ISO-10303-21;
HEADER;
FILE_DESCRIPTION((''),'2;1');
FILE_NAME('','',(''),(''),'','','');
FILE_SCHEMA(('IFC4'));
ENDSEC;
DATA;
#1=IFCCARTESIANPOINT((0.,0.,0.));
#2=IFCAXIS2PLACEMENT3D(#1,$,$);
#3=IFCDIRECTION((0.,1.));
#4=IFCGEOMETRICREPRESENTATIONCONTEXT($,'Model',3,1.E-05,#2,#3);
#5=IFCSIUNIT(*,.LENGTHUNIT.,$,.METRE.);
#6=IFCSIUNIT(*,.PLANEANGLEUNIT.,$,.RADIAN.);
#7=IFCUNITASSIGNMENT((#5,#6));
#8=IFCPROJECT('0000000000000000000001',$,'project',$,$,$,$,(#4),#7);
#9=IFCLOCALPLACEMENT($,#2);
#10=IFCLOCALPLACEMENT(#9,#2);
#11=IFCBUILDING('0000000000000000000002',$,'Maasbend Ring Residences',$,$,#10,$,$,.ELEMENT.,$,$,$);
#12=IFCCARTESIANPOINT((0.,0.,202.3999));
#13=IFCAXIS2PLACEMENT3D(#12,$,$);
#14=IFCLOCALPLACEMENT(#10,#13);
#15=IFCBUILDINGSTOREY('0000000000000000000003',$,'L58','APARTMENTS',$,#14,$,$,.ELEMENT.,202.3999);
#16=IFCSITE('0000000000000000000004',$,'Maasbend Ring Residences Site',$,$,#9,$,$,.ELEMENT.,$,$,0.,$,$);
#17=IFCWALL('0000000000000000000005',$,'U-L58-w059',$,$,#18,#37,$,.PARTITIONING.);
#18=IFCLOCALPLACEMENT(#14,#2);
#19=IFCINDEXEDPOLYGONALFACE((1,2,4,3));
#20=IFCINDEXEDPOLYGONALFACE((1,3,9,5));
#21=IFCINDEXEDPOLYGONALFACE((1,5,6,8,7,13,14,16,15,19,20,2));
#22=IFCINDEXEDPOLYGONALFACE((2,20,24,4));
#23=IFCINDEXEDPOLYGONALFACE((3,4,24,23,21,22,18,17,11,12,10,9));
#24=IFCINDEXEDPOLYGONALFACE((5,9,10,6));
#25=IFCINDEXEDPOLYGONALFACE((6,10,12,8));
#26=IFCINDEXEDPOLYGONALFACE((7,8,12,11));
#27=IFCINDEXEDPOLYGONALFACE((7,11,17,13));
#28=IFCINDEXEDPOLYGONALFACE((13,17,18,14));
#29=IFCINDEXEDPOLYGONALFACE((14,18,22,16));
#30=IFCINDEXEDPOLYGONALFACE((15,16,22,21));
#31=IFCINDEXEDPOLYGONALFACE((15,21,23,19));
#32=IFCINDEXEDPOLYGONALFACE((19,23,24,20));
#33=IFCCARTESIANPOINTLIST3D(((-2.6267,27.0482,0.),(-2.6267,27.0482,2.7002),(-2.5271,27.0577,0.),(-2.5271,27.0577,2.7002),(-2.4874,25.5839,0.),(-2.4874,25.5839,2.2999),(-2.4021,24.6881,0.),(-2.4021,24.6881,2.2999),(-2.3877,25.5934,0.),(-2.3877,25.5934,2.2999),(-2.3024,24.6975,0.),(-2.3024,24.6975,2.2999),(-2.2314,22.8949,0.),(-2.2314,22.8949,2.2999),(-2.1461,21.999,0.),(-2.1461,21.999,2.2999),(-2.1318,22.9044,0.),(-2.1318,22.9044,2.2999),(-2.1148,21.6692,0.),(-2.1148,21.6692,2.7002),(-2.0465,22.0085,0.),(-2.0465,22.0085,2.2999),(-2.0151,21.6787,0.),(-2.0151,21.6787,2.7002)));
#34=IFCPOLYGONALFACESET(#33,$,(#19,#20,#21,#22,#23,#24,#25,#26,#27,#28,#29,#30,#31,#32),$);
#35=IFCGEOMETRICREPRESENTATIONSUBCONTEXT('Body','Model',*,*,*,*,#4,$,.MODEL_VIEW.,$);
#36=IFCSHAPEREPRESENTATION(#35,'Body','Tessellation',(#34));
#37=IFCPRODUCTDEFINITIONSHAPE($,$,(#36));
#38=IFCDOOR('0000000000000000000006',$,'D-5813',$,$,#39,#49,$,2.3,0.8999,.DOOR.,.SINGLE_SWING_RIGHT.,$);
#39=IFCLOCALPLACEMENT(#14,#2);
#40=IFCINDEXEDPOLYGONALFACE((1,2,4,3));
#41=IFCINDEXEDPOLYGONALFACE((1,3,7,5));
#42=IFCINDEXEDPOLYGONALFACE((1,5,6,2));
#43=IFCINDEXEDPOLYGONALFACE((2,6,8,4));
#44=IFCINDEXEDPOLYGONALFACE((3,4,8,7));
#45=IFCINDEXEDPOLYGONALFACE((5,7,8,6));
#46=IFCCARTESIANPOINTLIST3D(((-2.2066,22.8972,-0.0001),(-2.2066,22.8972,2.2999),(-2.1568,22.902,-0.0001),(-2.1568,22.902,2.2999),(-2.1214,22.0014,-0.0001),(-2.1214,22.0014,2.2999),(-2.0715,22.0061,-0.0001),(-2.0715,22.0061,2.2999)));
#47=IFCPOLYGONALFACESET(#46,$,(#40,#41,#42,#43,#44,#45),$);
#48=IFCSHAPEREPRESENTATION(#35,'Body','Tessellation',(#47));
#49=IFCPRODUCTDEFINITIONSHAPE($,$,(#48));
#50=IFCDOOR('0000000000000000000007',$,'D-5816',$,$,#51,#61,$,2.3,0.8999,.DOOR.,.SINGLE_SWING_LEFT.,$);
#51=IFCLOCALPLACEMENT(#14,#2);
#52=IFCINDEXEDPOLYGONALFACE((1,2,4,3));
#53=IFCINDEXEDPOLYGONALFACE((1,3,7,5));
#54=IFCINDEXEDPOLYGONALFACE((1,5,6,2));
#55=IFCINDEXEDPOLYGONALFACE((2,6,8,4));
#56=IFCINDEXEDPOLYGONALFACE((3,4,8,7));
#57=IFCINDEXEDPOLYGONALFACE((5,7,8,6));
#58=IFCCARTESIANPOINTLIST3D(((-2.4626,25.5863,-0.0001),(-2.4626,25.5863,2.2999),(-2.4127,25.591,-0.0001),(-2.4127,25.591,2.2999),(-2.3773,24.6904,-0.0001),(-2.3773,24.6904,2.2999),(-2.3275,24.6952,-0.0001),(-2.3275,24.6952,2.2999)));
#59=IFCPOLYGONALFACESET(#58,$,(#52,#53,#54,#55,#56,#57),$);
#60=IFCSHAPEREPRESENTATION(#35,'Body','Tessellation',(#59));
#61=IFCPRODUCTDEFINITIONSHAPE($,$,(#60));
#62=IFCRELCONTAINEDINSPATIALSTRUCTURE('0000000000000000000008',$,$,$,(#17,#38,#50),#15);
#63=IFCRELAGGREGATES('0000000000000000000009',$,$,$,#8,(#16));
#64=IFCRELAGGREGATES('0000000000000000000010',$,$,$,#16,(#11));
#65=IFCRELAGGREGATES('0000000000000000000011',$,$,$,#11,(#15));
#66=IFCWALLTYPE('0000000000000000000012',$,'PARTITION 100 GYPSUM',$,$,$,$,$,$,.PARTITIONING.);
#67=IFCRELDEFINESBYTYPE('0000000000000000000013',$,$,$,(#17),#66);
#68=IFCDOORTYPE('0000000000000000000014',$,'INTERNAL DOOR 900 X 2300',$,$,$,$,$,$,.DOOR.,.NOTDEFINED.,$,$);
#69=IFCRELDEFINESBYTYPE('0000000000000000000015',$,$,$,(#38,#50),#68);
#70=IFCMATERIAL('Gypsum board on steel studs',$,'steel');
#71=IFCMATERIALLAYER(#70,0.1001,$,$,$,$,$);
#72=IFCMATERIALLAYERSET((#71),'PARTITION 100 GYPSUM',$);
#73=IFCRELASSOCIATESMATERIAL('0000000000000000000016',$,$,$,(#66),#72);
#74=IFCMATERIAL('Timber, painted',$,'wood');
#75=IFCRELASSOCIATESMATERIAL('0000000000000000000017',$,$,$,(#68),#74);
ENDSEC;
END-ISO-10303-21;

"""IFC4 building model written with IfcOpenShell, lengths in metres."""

from ifc_helpers import new_model, si_unit, direction, frame, frame_2d, origin, place, context, subcontext, project, spatial, rectangle, extrude, material, layer, layer_set, type_object, element, fill, save


model = new_model("IFC4")

# Units and contexts
model_context = context("Model", 3, precision=1e-05, world=origin(), true_north=direction((0.0, 1.0)))
body_context = subcontext(model_context, "Body", "Model", "MODEL_VIEW")
ifc_project = project(units=[si_unit("LENGTHUNIT", "METRE"), si_unit("PLANEANGLEUNIT", "RADIAN")], contexts=[model_context])

# Site, building, storey
site_placement = place(None, origin())
site = spatial("IfcSite", under=ifc_project, at=site_placement, Name="Maasbend Ring Residences Site", CompositionType="ELEMENT", RefElevation=0.0)
building_placement = place(site_placement, origin())
building = spatial("IfcBuilding", under=site, at=building_placement, Name="Maasbend Ring Residences", CompositionType="ELEMENT")
storey_placement = place(building_placement, frame((0.0, 0.0, 202.3999)))
storey = spatial("IfcBuildingStorey", under=building, at=storey_placement, Name="L58", Description="APARTMENTS", CompositionType="ELEMENT", Elevation=202.3999)

# Shared definitions
ifc_material_1 = material(Name="Gypsum board on steel studs", Category="steel")
ifc_layer_1 = layer(ifc_material_1, 0.1001)
ifc_layer_set_1 = layer_set([ifc_layer_1], Name="PARTITION 100 GYPSUM")
wall_type_1 = type_object("IfcWallType", Name="PARTITION 100 GYPSUM", PredefinedType="PARTITIONING", material=ifc_layer_set_1)
ifc_material_2 = material(Name="Timber, painted", Category="wood")
door_type_1 = type_object("IfcDoorType", Name="INTERNAL DOOR 900 X 2300", OperationType="NOTDEFINED", PredefinedType="DOOR", material=ifc_material_2)

# Wall, openings, doors
wall_1_placement = place(storey_placement, frame((-2.5769, 27.053, 0.0), z_axis=(0.0, 0.0, 1.0), x_axis=(0.094752, -0.995501, 0.0)))
wall_1 = element("IfcWall", 1, at=wall_1_placement, inside=storey, type_object=wall_type_1, Name="U-L58-w059", PredefinedType="PARTITIONING", context=body_context, shape_type="SweptSolid", body=[
    extrude(rectangle(XDim=5.4033, YDim=0.1001, at=frame_2d((2.7017, 0.0))), origin(), (0.0, 0.0, 1.0), 2.7002),
])
opening_1_placement = place(wall_1_placement, frame((4.1721, 0.0, 0.0)))
opening_1 = element("IfcOpeningElement", 2, at=opening_1_placement, cuts=wall_1, PredefinedType="OPENING", context=body_context, shape_type="SweptSolid", body=[
    extrude(rectangle(XDim=0.8999, YDim=2.3, at=frame_2d((0.45, 1.1499))), frame((0.0, 0.0601, 0.0), z_axis=(0.0, -1.0, 0.0), x_axis=(1.0, 0.0, 0.0)), (0.0, 0.0, 1.0), 0.1201),
])
opening_2_placement = place(wall_1_placement, frame((1.4709, 0.0, 0.0)))
opening_2 = element("IfcOpeningElement", 3, at=opening_2_placement, cuts=wall_1, PredefinedType="OPENING", context=body_context, shape_type="SweptSolid", body=[
    extrude(rectangle(XDim=0.8999, YDim=2.3, at=frame_2d((0.45, 1.1499))), frame((0.0, 0.0601, 0.0), z_axis=(0.0, -1.0, 0.0), x_axis=(1.0, 0.0, 0.0)), (0.0, 0.0, 1.0), 0.1201),
])
door_1_placement = place(opening_1_placement, origin())
door_1 = element("IfcDoor", 4, at=door_1_placement, inside=storey, type_object=door_type_1, Name="D-5813", OperationType="SINGLE_SWING_RIGHT", OverallHeight=2.3, OverallWidth=0.8999, PredefinedType="DOOR", context=body_context, shape_type="SweptSolid", body=[
    extrude(rectangle(XDim=0.8999, YDim=2.3, at=frame_2d((0.45, 1.1499))), frame((0.0, 0.0249, 0.0), z_axis=(0.0, -1.0, 0.0), x_axis=(1.0, 0.0, 0.0)), (0.0, 0.0, 1.0), 0.05),
])
fill(opening_1, door_1)
door_2_placement = place(opening_2_placement, origin())
door_2 = element("IfcDoor", 5, at=door_2_placement, inside=storey, type_object=door_type_1, Name="D-5816", OperationType="SINGLE_SWING_LEFT", OverallHeight=2.3, OverallWidth=0.8999, PredefinedType="DOOR", context=body_context, shape_type="SweptSolid", body=[
    extrude(rectangle(XDim=0.8999, YDim=2.3, at=frame_2d((0.45, 1.1499))), frame((0.0, 0.0249, 0.0), z_axis=(0.0, -1.0, 0.0), x_axis=(1.0, 0.0, 0.0)), (0.0, 0.0, 1.0), 0.05),
])
fill(opening_2, door_2)

save(model, "model.ifc")
